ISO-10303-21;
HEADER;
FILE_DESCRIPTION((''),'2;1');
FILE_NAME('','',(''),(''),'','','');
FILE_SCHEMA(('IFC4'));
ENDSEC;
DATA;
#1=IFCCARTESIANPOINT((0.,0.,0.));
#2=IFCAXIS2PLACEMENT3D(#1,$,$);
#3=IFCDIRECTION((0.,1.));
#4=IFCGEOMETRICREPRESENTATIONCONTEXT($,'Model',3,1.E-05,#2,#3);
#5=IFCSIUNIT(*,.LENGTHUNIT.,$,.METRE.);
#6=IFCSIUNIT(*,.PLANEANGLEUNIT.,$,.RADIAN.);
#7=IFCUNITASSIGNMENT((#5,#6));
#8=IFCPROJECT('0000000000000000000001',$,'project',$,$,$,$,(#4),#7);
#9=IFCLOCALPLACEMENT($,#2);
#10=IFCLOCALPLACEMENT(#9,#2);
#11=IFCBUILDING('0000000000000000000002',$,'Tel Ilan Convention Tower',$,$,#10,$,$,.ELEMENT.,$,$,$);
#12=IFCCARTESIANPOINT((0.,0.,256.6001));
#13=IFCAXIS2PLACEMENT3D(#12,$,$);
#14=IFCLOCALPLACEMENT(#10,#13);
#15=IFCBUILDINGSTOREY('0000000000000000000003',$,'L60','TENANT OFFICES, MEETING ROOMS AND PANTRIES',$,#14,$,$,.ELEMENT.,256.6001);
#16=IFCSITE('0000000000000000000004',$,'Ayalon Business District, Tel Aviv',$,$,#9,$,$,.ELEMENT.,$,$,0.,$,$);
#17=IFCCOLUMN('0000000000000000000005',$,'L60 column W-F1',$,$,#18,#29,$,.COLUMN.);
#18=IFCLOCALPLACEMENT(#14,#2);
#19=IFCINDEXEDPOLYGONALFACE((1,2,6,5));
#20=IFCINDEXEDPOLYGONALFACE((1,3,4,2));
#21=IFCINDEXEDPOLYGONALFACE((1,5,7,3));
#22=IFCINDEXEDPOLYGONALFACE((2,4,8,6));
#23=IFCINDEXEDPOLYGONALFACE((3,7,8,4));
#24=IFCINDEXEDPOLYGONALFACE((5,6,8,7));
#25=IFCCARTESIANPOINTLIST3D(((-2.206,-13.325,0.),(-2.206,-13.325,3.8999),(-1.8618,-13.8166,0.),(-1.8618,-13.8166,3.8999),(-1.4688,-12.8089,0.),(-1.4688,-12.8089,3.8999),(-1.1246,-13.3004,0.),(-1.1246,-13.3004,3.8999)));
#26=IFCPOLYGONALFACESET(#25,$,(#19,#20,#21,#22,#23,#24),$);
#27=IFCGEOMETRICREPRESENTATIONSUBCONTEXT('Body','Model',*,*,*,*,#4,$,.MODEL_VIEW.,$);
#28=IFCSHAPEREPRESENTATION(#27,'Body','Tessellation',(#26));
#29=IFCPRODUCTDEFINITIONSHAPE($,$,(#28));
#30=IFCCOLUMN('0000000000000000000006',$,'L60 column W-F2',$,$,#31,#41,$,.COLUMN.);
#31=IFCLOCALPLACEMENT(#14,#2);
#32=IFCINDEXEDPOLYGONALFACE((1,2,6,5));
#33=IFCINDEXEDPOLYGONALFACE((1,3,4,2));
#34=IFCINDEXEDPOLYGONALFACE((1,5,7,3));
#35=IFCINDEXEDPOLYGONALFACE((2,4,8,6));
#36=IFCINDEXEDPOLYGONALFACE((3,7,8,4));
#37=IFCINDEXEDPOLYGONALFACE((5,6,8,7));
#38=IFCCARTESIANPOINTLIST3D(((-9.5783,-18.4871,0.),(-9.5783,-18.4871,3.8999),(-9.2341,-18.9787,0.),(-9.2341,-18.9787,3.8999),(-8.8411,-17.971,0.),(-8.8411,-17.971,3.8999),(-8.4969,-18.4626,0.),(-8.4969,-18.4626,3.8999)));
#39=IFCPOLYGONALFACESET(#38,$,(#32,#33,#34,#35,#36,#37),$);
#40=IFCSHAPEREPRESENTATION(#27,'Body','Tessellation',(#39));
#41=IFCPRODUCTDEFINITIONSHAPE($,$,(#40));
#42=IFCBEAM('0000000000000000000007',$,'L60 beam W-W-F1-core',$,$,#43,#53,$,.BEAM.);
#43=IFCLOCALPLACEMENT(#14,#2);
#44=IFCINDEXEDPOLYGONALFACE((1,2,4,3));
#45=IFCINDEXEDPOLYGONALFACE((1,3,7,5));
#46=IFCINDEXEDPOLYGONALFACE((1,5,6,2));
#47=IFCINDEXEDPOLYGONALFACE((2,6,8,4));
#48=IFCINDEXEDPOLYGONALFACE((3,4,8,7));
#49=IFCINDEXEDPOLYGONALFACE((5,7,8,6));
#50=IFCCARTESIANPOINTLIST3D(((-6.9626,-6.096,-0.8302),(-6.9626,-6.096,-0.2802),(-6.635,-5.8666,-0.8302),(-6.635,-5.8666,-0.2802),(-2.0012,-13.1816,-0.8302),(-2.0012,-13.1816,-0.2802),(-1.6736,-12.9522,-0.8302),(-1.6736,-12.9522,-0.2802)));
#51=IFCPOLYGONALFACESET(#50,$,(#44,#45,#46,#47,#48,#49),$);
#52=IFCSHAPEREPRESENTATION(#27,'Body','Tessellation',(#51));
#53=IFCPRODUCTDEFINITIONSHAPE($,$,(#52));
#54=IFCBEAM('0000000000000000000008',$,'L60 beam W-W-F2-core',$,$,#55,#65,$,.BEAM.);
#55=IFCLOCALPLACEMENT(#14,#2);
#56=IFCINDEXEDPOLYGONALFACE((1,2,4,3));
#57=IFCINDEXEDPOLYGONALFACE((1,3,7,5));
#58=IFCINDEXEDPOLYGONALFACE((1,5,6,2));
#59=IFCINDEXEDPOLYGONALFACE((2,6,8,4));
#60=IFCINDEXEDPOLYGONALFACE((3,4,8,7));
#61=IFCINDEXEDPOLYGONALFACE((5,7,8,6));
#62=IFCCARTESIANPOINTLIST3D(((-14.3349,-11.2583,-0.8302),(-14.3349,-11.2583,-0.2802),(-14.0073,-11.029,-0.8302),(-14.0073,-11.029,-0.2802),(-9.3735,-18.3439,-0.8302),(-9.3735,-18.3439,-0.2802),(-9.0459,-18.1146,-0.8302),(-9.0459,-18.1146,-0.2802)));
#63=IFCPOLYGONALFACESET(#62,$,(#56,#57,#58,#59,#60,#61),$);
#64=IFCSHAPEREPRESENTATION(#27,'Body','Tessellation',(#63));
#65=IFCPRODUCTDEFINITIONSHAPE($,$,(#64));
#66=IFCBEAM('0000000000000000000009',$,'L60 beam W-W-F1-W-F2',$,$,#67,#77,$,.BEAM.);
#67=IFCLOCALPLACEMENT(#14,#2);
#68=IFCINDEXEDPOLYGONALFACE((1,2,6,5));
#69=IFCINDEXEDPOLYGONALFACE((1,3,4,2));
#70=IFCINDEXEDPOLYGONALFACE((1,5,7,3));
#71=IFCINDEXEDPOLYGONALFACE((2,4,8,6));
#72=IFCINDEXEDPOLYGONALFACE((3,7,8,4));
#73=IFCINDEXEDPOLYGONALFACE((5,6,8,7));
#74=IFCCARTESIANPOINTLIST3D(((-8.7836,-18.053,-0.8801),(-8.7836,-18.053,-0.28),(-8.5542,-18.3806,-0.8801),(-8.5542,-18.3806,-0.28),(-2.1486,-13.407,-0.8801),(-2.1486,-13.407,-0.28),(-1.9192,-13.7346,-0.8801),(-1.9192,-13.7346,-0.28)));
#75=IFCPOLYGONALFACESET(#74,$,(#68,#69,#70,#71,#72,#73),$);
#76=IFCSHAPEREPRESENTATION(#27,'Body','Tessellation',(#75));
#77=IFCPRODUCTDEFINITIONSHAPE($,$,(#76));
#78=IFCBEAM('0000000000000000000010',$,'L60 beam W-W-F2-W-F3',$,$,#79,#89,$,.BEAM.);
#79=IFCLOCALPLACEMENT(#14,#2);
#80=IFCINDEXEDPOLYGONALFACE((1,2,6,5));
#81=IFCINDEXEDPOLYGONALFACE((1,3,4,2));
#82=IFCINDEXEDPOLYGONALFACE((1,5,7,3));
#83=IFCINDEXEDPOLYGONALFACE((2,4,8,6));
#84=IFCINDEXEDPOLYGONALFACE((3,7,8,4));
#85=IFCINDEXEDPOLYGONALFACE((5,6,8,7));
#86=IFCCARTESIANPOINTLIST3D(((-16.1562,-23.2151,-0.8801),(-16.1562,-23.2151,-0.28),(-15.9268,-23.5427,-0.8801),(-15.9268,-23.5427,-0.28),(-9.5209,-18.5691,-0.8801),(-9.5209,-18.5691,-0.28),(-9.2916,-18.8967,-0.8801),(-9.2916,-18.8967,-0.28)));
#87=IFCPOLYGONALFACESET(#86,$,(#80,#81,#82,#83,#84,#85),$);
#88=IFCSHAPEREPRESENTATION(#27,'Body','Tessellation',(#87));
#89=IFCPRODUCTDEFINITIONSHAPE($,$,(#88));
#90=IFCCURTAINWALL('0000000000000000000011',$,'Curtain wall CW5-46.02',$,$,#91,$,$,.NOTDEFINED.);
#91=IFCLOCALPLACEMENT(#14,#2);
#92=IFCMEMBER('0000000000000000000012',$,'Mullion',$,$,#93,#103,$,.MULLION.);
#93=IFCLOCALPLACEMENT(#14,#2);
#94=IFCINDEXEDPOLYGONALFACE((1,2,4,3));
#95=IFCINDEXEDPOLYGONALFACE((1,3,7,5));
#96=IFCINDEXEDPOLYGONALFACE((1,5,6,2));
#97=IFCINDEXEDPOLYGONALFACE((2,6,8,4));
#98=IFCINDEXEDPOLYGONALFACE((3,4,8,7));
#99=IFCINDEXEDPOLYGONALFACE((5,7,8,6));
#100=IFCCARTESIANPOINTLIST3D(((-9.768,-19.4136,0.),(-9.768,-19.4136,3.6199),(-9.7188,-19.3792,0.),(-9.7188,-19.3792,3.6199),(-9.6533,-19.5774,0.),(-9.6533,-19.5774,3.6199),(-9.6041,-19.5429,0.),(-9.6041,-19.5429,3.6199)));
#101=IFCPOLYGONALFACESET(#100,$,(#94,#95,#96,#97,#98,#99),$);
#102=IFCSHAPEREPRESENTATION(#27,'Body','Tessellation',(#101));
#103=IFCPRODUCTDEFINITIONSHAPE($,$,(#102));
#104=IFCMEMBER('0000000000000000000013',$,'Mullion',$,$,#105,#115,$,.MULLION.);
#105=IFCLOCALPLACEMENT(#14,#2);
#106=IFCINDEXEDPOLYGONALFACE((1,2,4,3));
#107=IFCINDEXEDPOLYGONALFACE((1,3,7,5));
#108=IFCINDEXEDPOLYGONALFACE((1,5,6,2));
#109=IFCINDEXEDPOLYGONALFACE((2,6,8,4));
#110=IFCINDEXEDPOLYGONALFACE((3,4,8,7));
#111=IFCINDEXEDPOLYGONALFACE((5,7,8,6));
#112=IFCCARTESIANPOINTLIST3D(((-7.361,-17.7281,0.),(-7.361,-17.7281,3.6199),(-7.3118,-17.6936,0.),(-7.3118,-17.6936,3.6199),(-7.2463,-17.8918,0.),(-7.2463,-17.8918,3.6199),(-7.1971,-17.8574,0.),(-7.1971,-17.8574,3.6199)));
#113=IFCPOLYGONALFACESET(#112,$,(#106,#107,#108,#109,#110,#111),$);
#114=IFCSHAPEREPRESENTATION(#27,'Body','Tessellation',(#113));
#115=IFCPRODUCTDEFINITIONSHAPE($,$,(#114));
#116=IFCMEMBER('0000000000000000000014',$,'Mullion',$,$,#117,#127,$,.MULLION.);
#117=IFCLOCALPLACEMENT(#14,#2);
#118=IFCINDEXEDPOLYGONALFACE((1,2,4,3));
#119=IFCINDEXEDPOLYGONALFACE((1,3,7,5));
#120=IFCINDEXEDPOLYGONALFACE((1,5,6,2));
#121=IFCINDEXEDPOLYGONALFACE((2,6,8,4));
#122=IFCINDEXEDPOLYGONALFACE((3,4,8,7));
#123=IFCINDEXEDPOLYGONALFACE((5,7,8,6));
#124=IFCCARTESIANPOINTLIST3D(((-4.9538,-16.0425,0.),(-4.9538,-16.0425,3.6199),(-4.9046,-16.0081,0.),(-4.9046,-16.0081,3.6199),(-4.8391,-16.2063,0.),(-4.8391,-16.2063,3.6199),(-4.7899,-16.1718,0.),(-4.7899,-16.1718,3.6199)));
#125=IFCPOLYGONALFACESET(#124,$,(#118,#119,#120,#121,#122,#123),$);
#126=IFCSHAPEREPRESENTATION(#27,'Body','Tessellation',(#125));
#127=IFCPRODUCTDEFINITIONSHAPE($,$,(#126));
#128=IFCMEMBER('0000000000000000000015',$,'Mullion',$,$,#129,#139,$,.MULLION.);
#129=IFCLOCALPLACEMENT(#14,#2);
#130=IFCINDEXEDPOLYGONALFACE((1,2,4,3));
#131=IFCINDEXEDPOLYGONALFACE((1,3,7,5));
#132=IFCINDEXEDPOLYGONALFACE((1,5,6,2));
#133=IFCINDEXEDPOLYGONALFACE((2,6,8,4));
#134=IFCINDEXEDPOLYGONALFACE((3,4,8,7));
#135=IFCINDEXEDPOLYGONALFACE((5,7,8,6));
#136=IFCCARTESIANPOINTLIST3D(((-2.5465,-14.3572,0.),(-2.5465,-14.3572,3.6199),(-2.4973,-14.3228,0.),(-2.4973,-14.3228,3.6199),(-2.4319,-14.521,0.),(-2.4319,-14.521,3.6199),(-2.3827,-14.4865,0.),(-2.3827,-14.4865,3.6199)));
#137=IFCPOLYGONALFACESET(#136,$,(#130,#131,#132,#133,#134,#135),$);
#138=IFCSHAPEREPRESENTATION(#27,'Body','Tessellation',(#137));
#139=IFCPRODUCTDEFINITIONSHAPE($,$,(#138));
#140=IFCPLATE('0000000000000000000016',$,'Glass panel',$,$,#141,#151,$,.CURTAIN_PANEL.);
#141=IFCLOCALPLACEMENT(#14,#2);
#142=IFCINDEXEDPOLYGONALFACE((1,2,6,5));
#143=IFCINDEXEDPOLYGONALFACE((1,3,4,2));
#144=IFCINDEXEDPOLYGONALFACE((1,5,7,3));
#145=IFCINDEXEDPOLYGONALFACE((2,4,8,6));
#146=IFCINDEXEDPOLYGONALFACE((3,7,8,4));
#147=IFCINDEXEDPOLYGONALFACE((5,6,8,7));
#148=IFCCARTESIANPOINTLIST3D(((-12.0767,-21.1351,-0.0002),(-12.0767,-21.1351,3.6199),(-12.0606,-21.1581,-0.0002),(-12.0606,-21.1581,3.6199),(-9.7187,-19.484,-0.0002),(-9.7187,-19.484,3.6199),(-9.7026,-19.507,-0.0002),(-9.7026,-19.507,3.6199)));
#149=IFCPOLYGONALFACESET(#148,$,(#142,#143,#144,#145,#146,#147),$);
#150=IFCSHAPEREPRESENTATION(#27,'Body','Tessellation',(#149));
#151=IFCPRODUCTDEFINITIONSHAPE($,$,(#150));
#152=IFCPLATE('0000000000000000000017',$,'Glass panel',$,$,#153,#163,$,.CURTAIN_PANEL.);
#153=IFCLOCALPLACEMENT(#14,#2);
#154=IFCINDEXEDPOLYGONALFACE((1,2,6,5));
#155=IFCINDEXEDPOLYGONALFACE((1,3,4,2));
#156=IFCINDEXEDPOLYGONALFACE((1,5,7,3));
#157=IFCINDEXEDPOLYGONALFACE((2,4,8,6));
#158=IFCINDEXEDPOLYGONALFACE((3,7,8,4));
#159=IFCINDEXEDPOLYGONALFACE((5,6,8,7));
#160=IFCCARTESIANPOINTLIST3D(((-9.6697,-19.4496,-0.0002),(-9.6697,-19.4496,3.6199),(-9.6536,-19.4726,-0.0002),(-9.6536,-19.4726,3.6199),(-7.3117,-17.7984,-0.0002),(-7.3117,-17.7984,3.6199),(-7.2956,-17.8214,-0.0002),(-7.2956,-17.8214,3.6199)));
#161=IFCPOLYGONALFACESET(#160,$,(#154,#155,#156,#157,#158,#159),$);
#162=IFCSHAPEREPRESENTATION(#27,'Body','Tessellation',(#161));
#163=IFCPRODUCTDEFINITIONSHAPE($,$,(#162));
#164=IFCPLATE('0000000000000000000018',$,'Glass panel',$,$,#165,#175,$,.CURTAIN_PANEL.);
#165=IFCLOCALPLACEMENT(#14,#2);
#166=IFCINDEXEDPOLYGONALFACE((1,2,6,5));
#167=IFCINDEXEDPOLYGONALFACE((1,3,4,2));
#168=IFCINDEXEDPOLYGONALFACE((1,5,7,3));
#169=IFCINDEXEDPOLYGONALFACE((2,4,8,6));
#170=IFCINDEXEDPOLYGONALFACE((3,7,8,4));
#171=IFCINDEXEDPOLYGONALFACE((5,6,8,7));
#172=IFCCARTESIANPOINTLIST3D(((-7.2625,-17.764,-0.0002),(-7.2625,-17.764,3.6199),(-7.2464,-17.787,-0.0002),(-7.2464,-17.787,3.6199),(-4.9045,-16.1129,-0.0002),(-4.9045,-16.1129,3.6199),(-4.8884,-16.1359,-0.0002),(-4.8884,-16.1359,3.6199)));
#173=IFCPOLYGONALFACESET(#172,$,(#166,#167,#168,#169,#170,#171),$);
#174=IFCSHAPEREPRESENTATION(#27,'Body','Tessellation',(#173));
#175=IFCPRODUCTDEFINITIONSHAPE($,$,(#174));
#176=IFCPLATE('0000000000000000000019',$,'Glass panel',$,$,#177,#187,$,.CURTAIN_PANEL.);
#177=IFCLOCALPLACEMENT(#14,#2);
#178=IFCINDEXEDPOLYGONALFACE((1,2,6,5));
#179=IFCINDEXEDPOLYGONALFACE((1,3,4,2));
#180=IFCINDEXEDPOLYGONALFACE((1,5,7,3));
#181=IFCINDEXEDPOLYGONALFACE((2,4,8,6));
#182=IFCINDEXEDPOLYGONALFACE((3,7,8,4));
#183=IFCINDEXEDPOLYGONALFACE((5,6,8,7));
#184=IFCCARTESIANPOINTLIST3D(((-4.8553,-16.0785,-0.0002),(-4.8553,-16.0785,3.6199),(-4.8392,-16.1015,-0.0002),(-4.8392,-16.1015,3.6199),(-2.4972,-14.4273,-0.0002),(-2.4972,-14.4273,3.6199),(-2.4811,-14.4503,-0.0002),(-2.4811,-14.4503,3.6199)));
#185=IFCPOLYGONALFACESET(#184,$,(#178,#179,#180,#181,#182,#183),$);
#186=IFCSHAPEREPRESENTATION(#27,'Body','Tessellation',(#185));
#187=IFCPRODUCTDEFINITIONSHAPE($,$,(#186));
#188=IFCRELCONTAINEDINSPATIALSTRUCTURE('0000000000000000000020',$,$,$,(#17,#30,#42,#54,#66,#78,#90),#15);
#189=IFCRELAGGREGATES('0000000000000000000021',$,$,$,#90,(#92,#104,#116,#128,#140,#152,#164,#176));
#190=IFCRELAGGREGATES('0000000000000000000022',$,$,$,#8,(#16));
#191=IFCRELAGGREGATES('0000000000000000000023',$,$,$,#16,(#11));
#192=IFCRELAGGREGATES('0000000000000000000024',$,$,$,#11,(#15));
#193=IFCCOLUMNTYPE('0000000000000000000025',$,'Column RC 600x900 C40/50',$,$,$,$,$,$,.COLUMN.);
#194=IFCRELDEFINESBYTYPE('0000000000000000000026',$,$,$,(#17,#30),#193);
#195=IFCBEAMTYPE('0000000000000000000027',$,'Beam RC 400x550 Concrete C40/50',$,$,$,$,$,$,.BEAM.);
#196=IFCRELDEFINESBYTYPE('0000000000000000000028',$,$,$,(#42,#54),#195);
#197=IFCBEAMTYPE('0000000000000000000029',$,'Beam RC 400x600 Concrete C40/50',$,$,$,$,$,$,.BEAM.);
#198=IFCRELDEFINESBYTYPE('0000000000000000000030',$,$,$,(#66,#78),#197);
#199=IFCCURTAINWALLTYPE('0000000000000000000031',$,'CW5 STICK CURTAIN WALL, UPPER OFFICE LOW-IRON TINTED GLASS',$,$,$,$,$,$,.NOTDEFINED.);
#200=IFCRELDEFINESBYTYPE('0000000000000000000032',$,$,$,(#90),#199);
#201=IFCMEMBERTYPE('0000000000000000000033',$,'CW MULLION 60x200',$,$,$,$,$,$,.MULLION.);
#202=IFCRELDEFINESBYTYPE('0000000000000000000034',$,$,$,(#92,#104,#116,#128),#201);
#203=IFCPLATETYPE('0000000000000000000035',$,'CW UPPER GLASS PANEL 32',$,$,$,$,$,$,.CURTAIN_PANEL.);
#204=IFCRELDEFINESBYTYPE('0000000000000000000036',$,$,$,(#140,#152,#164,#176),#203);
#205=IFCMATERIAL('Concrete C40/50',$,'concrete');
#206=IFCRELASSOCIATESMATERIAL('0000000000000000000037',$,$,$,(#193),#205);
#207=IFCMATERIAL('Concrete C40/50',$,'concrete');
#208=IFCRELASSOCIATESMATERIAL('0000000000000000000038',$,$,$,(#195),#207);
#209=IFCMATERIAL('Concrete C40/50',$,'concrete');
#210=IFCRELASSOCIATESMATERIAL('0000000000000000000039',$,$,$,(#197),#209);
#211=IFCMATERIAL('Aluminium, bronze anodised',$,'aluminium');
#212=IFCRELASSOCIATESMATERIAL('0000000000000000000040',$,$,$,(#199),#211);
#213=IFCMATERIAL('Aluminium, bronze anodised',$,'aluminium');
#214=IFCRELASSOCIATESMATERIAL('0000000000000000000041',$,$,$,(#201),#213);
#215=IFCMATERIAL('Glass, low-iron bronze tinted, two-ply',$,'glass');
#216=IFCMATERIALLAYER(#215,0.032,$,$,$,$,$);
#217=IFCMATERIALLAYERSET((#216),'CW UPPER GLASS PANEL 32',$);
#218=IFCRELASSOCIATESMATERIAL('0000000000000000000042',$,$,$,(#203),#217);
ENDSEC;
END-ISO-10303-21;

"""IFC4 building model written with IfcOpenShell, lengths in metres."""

from ifc_helpers import new_model, si_unit, direction, frame, origin, origin_2d, place, context, subcontext, project, spatial, rectangle, extrude, material, layer, layer_set, material_profile, profile_set, type_object, element, aggregate, save


model = new_model("IFC4")

# Units and contexts
model_context = context("Model", 3, precision=1e-05, world=origin(), true_north=direction((0.0, 1.0)))
body_context = subcontext(model_context, "Body", "Model", "MODEL_VIEW")
ifc_project = project(units=[si_unit("LENGTHUNIT", "METRE"), si_unit("PLANEANGLEUNIT", "RADIAN")], contexts=[model_context])

# Site, building, storey
site_placement = place(None, origin())
site = spatial("IfcSite", under=ifc_project, at=site_placement, Name="Ayalon Business District, Tel Aviv", CompositionType="ELEMENT", RefElevation=0.0)
building_placement = place(site_placement, origin())
building = spatial("IfcBuilding", under=site, at=building_placement, Name="Tel Ilan Convention Tower", CompositionType="ELEMENT")
storey_placement = place(building_placement, frame((0.0, 0.0, 256.6001)))
storey = spatial("IfcBuildingStorey", under=building, at=storey_placement, Name="L60", Description="TENANT OFFICES, MEETING ROOMS AND PANTRIES", CompositionType="ELEMENT", Elevation=256.6001)

# Columns
ifc_material_1 = material(Name="Concrete C40/50", Category="concrete")
ifc_material_profile_1 = material_profile(ifc_material_1, rectangle(XDim=0.8999, YDim=0.6001, at=origin_2d()), Name="RC 600x900")
ifc_profile_set_1 = profile_set([ifc_material_profile_1], Name="Concrete C40/50")
column_type = type_object("IfcColumnType", Name="Column RC 600x900 C40/50", PredefinedType="COLUMN", material=ifc_profile_set_1)
for number, where, z_axis, x_axis, name in (
    (1, (-1.6653, -13.3127, 0.0), (0.0, 0.0, 1.0), (-0.819152, -0.573576, 0.0), "L60 column W-F1"),
    (2, (-9.0376, -18.4749, 0.0), (0.0, 0.0, 1.0), (-0.819152, -0.573576, 0.0), "L60 column W-F2"),
):
    element("IfcColumn", number, at=place(storey_placement, frame(where, z_axis=z_axis, x_axis=x_axis)), inside=storey, type_object=column_type, Name=name, PredefinedType="COLUMN", context=body_context, shape_type="SweptSolid", body=[
        extrude(rectangle(XDim=0.8999, YDim=0.6001, at=origin_2d()), origin(), (0.0, 0.0, 1.0), 3.8999),
    ])

# Beams
ifc_material_2 = material(Name="Concrete C40/50", Category="concrete")
ifc_material_profile_2 = material_profile(ifc_material_2, rectangle(XDim=0.3999, YDim=0.55, at=origin_2d()), Name="RC 400x550")
ifc_profile_set_2 = profile_set([ifc_material_profile_2], Name="Concrete C40/50")
beam_type_1 = type_object("IfcBeamType", Name="Beam RC 400x550 Concrete C40/50", PredefinedType="BEAM", material=ifc_profile_set_2)
for number, where, z_axis, x_axis, name in (
    (3, (-1.8374, -13.0669, -0.5552), (-0.573574, 0.819154, 0.0), (-0.819154, -0.573574, 0.0), "L60 beam W-W-F1-core"),
    (4, (-9.2097, -18.2292, -0.5552), (-0.573574, 0.819154, 0.0), (-0.819154, -0.573574, 0.0), "L60 beam W-W-F2-core"),
):
    element("IfcBeam", number, at=place(storey_placement, frame(where, z_axis=z_axis, x_axis=x_axis)), inside=storey, type_object=beam_type_1, Name=name, PredefinedType="BEAM", context=body_context, shape_type="SweptSolid", body=[
        extrude(rectangle(XDim=0.3999, YDim=0.55, at=origin_2d()), origin(), (0.0, 0.0, 1.0), 8.6499),
    ])
ifc_material_3 = material(Name="Concrete C40/50", Category="concrete")
ifc_material_profile_3 = material_profile(ifc_material_3, rectangle(XDim=0.3999, YDim=0.6001, at=origin_2d()), Name="RC 400x600")
ifc_profile_set_3 = profile_set([ifc_material_profile_3], Name="Concrete C40/50")
beam_type_2 = type_object("IfcBeamType", Name="Beam RC 400x600 Concrete C40/50", PredefinedType="BEAM", material=ifc_profile_set_3)
beam_1_placement = place(storey_placement, frame((-2.0339, -13.5708, -0.5801), z_axis=(-0.819146, -0.573586, 0.0), x_axis=(0.573586, -0.819146, 0.0)))
element("IfcBeam", 5, at=beam_1_placement, inside=storey, type_object=beam_type_2, Name="L60 beam W-W-F1-W-F2", PredefinedType="BEAM", context=body_context, shape_type="SweptSolid", body=[
    extrude(rectangle(XDim=0.3999, YDim=0.6001, at=origin_2d()), origin(), (0.0, 0.0, 1.0), 8.0999),
])
beam_2_placement = place(storey_placement, frame((-9.4062, -18.7329, -0.5801), z_axis=(-0.819155, -0.573572, 0.0), x_axis=(0.573572, -0.819155, 0.0)))
element("IfcBeam", 6, at=beam_2_placement, inside=storey, type_object=beam_type_2, Name="L60 beam W-W-F2-W-F3", PredefinedType="BEAM", context=body_context, shape_type="SweptSolid", body=[
    extrude(rectangle(XDim=0.3999, YDim=0.6001, at=origin_2d()), origin(), (0.0, 0.0, 1.0), 8.1001),
])

# Curtain wall, members, plates
ifc_material_4 = material(Name="Aluminium, bronze anodised", Category="aluminium")
curtain_wall_type = type_object("IfcCurtainWallType", Name="CW5 STICK CURTAIN WALL, UPPER OFFICE LOW-IRON TINTED GLASS", PredefinedType="NOTDEFINED", material=ifc_material_4)
curtain_wall_placement = place(storey_placement, origin())
curtain_wall = element("IfcCurtainWall", 7, at=curtain_wall_placement, inside=storey, type_object=curtain_wall_type, Name="Curtain wall CW5-46.02", PredefinedType="NOTDEFINED")
ifc_material_5 = material(Name="Aluminium, bronze anodised", Category="aluminium")
ifc_material_profile_4 = material_profile(ifc_material_5, rectangle(XDim=0.0601, YDim=0.2, at=origin_2d()), Name="CW MULLION 60x200")
ifc_profile_set_4 = profile_set([ifc_material_profile_4], Name="Aluminium, bronze anodised")
member_type = type_object("IfcMemberType", Name="CW MULLION 60x200", PredefinedType="MULLION", material=ifc_profile_set_4)
member_1_placement = place(storey_placement, frame((-9.686, -19.4783, 0.0), z_axis=(0.0, 0.0, 1.0), x_axis=(0.819152, 0.573576, 0.0)))
member_1 = element("IfcMember", 8, at=member_1_placement, type_object=member_type, Name="Mullion", PredefinedType="MULLION", context=body_context, shape_type="SweptSolid", body=[
    extrude(rectangle(XDim=0.0601, YDim=0.2, at=origin_2d()), origin(), (0.0, 0.0, 1.0), 3.6199),
])
member_2_placement = place(storey_placement, frame((-7.2791, -17.7927, 0.0), z_axis=(0.0, 0.0, 1.0), x_axis=(0.819152, 0.573576, 0.0)))
member_2 = element("IfcMember", 9, at=member_2_placement, type_object=member_type, Name="Mullion", PredefinedType="MULLION", context=body_context, shape_type="SweptSolid", body=[
    extrude(rectangle(XDim=0.0601, YDim=0.2, at=origin_2d()), origin(), (0.0, 0.0, 1.0), 3.6199),
])
member_3_placement = place(storey_placement, frame((-4.8718, -16.1072, 0.0), z_axis=(0.0, 0.0, 1.0), x_axis=(0.819152, 0.573576, 0.0)))
member_3 = element("IfcMember", 10, at=member_3_placement, type_object=member_type, Name="Mullion", PredefinedType="MULLION", context=body_context, shape_type="SweptSolid", body=[
    extrude(rectangle(XDim=0.0601, YDim=0.2, at=origin_2d()), origin(), (0.0, 0.0, 1.0), 3.6199),
])
member_4_placement = place(storey_placement, frame((-2.4646, -14.4219, 0.0), z_axis=(0.0, 0.0, 1.0), x_axis=(0.819152, 0.573576, 0.0)))
member_4 = element("IfcMember", 11, at=member_4_placement, type_object=member_type, Name="Mullion", PredefinedType="MULLION", context=body_context, shape_type="SweptSolid", body=[
    extrude(rectangle(XDim=0.0601, YDim=0.2, at=origin_2d()), origin(), (0.0, 0.0, 1.0), 3.6199),
])
ifc_material_6 = material(Name="Glass, low-iron bronze tinted, two-ply", Category="glass")
ifc_layer_1 = layer(ifc_material_6, 0.032)
ifc_layer_set_1 = layer_set([ifc_layer_1], Name="CW UPPER GLASS PANEL 32")
plate_type = type_object("IfcPlateType", Name="CW UPPER GLASS PANEL 32", PredefinedType="CURTAIN_PANEL", material=ifc_layer_set_1)
plate_1_placement = place(storey_placement, frame((-10.8896, -20.321, -0.0002), z_axis=(0.0, 0.0, 1.0), x_axis=(0.819152, 0.573576, 0.0)))
plate_1 = element("IfcPlate", 12, at=plate_1_placement, type_object=plate_type, Name="Glass panel", PredefinedType="CURTAIN_PANEL", context=body_context, shape_type="SweptSolid", body=[
    extrude(rectangle(XDim=2.8787, YDim=0.0281, at=origin_2d()), origin(), (0.0, 0.0, 1.0), 3.6201),
])
plate_2_placement = place(storey_placement, frame((-8.4827, -18.6355, -0.0002), z_axis=(0.0, 0.0, 1.0), x_axis=(0.819152, 0.573576, 0.0)))
plate_2 = element("IfcPlate", 13, at=plate_2_placement, type_object=plate_type, Name="Glass panel", PredefinedType="CURTAIN_PANEL", context=body_context, shape_type="SweptSolid", body=[
    extrude(rectangle(XDim=2.8787, YDim=0.0281, at=origin_2d()), origin(), (0.0, 0.0, 1.0), 3.6201),
])
plate_3_placement = place(storey_placement, frame((-6.0754, -16.95, -0.0002), z_axis=(0.0, 0.0, 1.0), x_axis=(0.819152, 0.573576, 0.0)))
plate_3 = element("IfcPlate", 14, at=plate_3_placement, type_object=plate_type, Name="Glass panel", PredefinedType="CURTAIN_PANEL", context=body_context, shape_type="SweptSolid", body=[
    extrude(rectangle(XDim=2.8787, YDim=0.0281, at=origin_2d()), origin(), (0.0, 0.0, 1.0), 3.6201),
])
plate_4_placement = place(storey_placement, frame((-3.6682, -15.2644, -0.0002), z_axis=(0.0, 0.0, 1.0), x_axis=(0.819152, 0.573576, 0.0)))
plate_4 = element("IfcPlate", 15, at=plate_4_placement, type_object=plate_type, Name="Glass panel", PredefinedType="CURTAIN_PANEL", context=body_context, shape_type="SweptSolid", body=[
    extrude(rectangle(XDim=2.8787, YDim=0.0281, at=origin_2d()), origin(), (0.0, 0.0, 1.0), 3.6201),
])
aggregate(curtain_wall, [member_1, member_2, member_3, member_4, plate_1, plate_2, plate_3, plate_4])

save(model, "model.ifc")
